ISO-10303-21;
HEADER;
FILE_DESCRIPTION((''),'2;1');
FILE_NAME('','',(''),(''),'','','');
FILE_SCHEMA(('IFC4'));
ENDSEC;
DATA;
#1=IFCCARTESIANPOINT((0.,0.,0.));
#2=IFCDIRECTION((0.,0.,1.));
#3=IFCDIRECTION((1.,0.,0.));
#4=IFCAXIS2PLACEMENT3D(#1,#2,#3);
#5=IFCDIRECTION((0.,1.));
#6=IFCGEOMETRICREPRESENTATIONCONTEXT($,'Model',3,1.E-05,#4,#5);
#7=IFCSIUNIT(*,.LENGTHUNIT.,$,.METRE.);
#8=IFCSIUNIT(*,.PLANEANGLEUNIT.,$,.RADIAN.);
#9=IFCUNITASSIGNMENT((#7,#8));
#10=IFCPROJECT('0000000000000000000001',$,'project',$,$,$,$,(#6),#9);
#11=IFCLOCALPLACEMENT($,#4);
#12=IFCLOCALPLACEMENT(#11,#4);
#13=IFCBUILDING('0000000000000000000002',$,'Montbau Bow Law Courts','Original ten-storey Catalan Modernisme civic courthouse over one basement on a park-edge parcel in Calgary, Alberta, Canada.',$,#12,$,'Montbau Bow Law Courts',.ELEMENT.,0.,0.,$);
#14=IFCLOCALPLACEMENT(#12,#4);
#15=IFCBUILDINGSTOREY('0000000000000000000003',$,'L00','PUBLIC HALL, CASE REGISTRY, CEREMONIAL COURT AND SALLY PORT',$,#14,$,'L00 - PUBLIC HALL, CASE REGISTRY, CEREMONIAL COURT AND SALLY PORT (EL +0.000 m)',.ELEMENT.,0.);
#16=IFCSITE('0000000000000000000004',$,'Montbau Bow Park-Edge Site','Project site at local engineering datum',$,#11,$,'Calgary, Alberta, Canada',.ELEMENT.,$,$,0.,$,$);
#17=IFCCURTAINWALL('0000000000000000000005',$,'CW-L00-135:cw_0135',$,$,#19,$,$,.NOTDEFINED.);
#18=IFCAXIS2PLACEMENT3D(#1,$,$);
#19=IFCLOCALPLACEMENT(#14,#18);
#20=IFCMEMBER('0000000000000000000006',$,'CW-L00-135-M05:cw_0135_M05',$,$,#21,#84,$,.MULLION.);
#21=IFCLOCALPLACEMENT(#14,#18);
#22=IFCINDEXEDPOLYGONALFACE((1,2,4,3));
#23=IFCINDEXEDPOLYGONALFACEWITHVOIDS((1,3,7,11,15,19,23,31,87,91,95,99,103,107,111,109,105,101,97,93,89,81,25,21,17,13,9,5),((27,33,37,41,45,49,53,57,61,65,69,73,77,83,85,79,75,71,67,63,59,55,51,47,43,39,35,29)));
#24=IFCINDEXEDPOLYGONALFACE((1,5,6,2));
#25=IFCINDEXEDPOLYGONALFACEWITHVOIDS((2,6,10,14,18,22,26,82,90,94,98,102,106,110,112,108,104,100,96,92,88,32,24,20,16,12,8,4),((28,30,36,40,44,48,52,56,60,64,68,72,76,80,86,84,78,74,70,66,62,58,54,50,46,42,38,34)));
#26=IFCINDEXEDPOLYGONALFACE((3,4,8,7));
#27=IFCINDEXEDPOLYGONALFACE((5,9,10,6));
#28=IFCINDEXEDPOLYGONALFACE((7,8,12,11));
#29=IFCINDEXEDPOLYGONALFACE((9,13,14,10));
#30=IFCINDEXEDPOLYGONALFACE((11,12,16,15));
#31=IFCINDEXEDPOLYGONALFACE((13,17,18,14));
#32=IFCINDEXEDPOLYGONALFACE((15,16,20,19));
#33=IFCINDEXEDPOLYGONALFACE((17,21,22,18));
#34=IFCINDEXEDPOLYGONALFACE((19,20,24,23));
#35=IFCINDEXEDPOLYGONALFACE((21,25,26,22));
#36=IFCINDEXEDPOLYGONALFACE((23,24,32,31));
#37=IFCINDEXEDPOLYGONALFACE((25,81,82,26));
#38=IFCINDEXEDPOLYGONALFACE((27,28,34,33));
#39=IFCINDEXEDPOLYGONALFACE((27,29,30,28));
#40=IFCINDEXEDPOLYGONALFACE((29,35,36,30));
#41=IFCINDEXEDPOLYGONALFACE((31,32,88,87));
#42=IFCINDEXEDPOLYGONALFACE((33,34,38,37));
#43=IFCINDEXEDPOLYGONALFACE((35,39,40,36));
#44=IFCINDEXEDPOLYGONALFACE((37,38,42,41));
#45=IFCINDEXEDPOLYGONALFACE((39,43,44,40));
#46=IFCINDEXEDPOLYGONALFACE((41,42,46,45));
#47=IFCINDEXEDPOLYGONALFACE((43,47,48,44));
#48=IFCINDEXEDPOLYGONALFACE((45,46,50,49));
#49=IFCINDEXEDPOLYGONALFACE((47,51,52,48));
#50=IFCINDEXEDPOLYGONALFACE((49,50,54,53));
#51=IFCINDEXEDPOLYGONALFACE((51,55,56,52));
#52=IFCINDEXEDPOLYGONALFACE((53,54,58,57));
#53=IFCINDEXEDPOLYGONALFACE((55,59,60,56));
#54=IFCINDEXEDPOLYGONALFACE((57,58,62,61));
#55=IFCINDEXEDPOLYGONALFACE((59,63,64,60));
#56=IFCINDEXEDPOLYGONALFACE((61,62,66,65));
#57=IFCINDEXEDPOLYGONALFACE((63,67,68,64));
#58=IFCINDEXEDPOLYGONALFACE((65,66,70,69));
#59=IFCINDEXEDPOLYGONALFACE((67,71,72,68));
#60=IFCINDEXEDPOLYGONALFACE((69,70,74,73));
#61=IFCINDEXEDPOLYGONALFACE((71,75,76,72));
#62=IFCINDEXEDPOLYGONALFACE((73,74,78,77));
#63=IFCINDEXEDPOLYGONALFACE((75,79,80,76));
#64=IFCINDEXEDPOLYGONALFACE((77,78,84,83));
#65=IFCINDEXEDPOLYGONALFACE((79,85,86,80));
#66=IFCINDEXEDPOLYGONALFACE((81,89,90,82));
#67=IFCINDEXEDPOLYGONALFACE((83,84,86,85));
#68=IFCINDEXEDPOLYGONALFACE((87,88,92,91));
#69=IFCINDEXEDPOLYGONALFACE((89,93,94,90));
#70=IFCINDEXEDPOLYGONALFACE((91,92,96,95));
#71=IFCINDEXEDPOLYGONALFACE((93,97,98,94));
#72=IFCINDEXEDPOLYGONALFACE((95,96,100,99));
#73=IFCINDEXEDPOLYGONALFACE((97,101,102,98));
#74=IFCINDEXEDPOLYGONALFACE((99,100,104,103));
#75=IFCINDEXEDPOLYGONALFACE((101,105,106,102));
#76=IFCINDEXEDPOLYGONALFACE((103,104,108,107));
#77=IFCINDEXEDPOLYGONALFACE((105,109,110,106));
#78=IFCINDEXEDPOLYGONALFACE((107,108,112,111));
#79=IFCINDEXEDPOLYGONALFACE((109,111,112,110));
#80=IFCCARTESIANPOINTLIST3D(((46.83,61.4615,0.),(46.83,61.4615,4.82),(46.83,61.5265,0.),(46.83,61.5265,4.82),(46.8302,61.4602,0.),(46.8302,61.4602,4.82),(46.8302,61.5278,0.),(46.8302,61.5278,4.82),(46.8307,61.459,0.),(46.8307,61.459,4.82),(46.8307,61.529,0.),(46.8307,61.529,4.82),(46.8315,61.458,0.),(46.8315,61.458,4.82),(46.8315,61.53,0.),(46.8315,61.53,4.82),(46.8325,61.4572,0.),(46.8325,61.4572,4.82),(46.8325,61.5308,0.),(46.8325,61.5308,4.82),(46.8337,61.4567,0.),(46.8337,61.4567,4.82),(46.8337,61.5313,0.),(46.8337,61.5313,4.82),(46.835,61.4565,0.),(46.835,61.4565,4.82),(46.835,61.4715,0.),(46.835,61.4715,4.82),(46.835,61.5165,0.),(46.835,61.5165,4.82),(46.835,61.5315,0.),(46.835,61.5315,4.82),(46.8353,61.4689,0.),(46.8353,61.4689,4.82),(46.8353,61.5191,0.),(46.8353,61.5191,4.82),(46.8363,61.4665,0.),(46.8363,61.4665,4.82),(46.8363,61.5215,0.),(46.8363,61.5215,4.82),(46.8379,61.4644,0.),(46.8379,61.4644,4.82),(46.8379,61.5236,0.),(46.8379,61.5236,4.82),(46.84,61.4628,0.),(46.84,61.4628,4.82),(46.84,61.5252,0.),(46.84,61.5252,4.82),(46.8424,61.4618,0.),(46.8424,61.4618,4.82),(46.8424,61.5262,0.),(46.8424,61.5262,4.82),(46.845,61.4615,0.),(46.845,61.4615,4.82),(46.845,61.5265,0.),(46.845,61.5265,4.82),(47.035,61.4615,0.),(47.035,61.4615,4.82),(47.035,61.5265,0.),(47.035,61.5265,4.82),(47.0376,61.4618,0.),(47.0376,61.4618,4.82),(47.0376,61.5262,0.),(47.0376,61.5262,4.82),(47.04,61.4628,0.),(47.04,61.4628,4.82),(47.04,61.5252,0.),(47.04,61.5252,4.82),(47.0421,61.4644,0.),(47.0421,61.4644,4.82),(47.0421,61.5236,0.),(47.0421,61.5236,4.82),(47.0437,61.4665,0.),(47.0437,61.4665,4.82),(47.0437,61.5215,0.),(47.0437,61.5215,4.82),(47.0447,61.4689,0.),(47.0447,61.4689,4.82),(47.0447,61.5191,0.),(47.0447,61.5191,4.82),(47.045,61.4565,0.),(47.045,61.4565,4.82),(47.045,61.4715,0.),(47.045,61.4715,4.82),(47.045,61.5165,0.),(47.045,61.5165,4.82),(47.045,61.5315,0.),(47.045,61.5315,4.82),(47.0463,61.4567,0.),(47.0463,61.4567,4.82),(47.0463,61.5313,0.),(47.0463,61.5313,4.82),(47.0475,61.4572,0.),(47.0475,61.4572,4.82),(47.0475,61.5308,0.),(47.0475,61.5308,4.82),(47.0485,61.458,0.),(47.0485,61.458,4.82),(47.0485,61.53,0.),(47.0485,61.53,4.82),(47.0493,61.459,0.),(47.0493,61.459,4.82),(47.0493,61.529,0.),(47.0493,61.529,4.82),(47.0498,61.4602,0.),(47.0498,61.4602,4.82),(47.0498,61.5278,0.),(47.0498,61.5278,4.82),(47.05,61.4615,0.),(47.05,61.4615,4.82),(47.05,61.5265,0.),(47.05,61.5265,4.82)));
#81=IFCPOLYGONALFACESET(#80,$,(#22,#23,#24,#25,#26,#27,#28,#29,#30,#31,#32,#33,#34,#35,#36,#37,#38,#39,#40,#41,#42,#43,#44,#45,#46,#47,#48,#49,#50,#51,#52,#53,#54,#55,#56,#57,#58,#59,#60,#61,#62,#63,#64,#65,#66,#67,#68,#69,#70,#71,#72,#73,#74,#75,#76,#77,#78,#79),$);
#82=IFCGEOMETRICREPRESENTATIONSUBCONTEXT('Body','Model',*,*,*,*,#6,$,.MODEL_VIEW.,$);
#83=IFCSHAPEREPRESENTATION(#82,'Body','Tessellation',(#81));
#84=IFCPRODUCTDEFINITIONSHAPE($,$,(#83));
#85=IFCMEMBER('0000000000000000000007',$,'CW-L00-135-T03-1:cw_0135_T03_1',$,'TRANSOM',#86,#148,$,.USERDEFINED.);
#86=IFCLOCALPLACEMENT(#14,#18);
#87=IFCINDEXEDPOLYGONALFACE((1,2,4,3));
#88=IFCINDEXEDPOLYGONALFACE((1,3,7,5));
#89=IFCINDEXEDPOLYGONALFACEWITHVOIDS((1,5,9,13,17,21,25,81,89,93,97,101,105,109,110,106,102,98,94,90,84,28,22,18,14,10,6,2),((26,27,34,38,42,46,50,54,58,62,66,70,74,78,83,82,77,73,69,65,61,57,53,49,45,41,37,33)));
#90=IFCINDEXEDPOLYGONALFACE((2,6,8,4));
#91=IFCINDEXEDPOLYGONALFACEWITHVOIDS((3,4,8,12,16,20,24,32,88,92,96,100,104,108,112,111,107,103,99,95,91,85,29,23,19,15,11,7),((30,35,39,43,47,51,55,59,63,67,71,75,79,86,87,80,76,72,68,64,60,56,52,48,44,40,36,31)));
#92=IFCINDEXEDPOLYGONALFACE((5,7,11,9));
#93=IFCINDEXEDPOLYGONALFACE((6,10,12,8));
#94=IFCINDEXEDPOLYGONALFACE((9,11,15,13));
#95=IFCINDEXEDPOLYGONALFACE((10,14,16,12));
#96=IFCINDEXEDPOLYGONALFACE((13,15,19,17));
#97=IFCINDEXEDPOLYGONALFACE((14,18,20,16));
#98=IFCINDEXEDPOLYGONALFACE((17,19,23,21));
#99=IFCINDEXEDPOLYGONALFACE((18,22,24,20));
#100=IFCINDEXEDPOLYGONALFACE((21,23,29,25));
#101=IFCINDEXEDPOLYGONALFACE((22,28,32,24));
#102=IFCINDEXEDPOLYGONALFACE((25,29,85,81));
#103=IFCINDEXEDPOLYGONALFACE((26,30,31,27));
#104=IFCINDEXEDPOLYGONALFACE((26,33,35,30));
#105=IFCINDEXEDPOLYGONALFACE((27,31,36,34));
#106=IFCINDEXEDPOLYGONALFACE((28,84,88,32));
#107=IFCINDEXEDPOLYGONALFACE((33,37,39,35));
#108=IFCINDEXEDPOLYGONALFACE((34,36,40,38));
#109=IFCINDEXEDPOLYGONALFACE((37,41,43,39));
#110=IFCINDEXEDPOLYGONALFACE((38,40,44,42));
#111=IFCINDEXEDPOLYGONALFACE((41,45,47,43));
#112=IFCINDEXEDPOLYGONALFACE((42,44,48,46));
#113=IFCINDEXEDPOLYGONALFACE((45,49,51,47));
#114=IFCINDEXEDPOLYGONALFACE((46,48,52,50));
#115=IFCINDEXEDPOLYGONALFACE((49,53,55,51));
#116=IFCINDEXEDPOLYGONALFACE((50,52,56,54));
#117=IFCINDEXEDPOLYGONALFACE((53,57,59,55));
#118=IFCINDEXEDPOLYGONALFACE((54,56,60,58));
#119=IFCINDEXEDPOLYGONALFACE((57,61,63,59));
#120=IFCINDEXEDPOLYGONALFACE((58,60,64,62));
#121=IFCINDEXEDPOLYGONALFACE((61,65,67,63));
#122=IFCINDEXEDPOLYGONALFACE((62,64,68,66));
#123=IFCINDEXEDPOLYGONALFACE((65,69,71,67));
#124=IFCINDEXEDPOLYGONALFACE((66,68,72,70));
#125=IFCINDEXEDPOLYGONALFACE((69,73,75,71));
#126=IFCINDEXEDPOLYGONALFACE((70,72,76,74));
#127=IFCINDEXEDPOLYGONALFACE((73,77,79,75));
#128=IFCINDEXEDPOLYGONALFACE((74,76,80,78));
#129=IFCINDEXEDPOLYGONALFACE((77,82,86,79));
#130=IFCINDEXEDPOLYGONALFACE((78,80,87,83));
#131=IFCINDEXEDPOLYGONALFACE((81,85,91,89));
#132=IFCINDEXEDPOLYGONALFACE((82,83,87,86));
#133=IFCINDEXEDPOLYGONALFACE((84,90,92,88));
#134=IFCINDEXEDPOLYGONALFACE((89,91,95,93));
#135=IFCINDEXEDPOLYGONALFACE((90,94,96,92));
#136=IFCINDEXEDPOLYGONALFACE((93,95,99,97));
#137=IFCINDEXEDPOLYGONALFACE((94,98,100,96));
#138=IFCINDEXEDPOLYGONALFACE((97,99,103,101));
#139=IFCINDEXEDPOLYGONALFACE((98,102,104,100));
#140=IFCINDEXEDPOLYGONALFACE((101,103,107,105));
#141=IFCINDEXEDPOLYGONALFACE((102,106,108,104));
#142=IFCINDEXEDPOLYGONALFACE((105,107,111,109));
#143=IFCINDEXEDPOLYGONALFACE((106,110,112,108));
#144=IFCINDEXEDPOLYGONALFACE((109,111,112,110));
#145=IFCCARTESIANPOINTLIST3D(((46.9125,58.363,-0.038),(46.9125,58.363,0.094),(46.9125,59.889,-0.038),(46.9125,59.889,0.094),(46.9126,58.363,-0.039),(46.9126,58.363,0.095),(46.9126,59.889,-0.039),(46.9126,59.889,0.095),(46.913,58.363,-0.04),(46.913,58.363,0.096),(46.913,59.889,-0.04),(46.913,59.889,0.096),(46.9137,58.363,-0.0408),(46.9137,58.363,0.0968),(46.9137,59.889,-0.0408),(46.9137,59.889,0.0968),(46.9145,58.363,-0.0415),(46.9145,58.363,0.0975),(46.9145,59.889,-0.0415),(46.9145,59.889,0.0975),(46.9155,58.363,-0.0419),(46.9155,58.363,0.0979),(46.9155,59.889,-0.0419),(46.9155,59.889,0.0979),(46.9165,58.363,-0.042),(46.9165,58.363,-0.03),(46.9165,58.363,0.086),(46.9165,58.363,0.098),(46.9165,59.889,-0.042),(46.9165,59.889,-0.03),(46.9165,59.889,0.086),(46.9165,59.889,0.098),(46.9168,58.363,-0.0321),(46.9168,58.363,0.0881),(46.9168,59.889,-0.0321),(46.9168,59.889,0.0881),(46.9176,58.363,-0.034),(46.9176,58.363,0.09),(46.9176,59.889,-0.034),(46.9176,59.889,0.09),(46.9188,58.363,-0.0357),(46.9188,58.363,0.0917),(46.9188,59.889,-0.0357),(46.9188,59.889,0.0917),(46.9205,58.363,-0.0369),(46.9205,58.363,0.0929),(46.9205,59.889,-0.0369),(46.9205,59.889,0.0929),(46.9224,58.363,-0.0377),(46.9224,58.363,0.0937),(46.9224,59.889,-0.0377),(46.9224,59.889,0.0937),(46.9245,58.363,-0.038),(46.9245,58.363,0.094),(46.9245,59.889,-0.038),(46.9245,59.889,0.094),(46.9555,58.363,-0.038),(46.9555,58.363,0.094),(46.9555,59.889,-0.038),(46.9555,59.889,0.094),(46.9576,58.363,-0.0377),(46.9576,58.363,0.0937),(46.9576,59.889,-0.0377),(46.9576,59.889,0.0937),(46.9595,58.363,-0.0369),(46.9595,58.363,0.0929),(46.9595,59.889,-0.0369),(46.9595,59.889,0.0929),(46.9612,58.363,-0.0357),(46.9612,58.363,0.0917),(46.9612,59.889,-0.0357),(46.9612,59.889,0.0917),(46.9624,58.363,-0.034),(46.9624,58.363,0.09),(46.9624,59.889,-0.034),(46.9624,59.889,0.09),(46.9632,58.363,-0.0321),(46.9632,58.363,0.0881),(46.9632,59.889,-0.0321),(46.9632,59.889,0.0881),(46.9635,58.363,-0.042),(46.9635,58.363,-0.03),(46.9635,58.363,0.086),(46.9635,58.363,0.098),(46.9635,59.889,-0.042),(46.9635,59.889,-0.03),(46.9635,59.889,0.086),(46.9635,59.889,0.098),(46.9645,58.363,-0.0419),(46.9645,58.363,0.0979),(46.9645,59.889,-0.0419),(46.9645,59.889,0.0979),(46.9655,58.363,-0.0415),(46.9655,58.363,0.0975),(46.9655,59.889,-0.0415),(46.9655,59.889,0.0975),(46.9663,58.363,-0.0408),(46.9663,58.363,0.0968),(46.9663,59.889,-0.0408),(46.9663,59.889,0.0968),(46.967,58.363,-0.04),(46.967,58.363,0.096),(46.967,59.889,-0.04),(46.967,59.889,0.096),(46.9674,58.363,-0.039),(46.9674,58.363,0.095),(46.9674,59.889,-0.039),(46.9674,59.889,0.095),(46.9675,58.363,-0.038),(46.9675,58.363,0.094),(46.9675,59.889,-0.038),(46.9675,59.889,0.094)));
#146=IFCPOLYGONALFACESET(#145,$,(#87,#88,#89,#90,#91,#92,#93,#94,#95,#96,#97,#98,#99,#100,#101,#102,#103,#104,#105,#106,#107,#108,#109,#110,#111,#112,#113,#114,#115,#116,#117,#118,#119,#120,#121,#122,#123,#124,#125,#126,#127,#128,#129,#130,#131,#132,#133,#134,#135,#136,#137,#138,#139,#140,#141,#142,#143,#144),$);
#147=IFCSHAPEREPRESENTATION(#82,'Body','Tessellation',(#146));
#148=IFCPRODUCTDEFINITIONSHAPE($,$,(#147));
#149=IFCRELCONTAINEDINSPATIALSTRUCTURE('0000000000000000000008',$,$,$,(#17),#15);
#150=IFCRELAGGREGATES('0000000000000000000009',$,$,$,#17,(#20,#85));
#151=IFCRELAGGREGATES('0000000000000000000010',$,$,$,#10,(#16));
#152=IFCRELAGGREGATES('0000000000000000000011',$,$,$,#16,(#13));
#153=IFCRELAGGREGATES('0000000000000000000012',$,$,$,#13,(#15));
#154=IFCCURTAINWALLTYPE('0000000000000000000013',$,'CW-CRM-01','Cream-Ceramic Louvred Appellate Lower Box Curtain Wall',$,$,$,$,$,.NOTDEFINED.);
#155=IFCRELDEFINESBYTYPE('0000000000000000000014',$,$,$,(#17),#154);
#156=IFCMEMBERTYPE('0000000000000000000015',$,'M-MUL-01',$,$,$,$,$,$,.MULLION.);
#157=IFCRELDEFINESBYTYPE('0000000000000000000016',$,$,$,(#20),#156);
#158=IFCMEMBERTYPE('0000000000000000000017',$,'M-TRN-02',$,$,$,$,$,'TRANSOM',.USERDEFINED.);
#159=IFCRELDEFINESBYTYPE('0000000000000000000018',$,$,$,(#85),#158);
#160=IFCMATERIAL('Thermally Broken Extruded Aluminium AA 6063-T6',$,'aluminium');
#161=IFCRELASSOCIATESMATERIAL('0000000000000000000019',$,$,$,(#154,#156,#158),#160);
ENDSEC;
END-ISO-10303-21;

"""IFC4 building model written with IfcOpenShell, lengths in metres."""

from ifc_helpers import new_model, si_unit, direction, frame, origin_with_axes, origin_2d_with_axis, place, context, subcontext, project, spatial, hollow_rectangle, extrude, material, material_profile, profile_set, type_object, element, aggregate, save


model = new_model("IFC4")

# Units and contexts
model_context = context("Model", 3, precision=1e-05, world=origin_with_axes(), true_north=direction((0.0, 1.0)))
body_context = subcontext(model_context, "Body", "Model", "MODEL_VIEW")
ifc_project = project(units=[si_unit("LENGTHUNIT", "METRE"), si_unit("PLANEANGLEUNIT", "RADIAN")], contexts=[model_context])

# Site, building, storey
site_placement = place(None, origin_with_axes())
site = spatial("IfcSite", under=ifc_project, at=site_placement, Name="Montbau Bow Park-Edge Site", Description="Project site at local engineering datum", LongName="Calgary, Alberta, Canada", CompositionType="ELEMENT", RefElevation=0.0)
building_placement = place(site_placement, origin_with_axes())
building = spatial("IfcBuilding", under=site, at=building_placement, Name="Montbau Bow Law Courts", Description="Original ten-storey Catalan Modernisme civic courthouse over one basement on a park-edge parcel in Calgary, Alberta, Canada.", LongName="Montbau Bow Law Courts", CompositionType="ELEMENT", ElevationOfRefHeight=0.0, ElevationOfTerrain=0.0)
storey_placement = place(building_placement, origin_with_axes())
storey = spatial("IfcBuildingStorey", under=building, at=storey_placement, Name="L00", Description="PUBLIC HALL, CASE REGISTRY, CEREMONIAL COURT AND SALLY PORT", LongName="L00 - PUBLIC HALL, CASE REGISTRY, CEREMONIAL COURT AND SALLY PORT (EL +0.000 m)", CompositionType="ELEMENT", Elevation=0.0)

# Shared definitions
ifc_material_1 = material(Name="Thermally Broken Extruded Aluminium AA 6063-T6", Category="aluminium")
curtain_wall_type = type_object("IfcCurtainWallType", Name="CW-CRM-01", Description="Cream-Ceramic Louvred Appellate Lower Box Curtain Wall", PredefinedType="NOTDEFINED", material=ifc_material_1)
ifc_material_profile_1 = material_profile(ifc_material_1, hollow_rectangle(XDim=0.075, YDim=0.22, WallThickness=0.005, InnerFilletRadius=0.01, OuterFilletRadius=0.005, at=origin_2d_with_axis()), Name="CWM-220X75", Category="Main", Priority=0)
ifc_profile_set_1 = profile_set([ifc_material_profile_1], Name="Thermally Broken Extruded Aluminium AA 6063-T6")
member_type_1 = type_object("IfcMemberType", Name="M-MUL-01", PredefinedType="MULLION", material=ifc_profile_set_1)

# Curtain wall, members
curtain_wall_1_placement = place(None, frame((46.94, 55.115, 0.0), z_axis=(0.0, 0.0, 1.0), x_axis=(1.0, 0.0, 0.0)))
curtain_wall_1 = element("IfcCurtainWall", 1, at=curtain_wall_1_placement, inside=storey, type_object=curtain_wall_type, Name="CW-L00-135:cw_0135", PredefinedType="NOTDEFINED")
member_1_placement = place(None, frame((46.94, 61.494, 0.0), z_axis=(0.0, 0.0, 1.0), x_axis=(0.0, 1.0, 0.0)))
member_1 = element("IfcMember", 2, at=member_1_placement, type_object=member_type_1, Name="CW-L00-135-M05:cw_0135_M05", PredefinedType="MULLION", context=body_context, shape_type="SweptSolid", body=[
    extrude(hollow_rectangle(XDim=0.075, YDim=0.22, WallThickness=0.005, InnerFilletRadius=0.01, OuterFilletRadius=0.005, at=origin_2d_with_axis()), origin_with_axes(), (0.0, 0.0, 1.0), 4.82),
])
ifc_material_profile_2 = material_profile(ifc_material_1, hollow_rectangle(XDim=0.055, YDim=0.14, WallThickness=0.004, InnerFilletRadius=0.008, OuterFilletRadius=0.004, at=origin_2d_with_axis()), Name="CWT-140X55", Category="Main", Priority=0)
ifc_profile_set_2 = profile_set([ifc_material_profile_2], Name="Thermally Broken Extruded Aluminium AA 6063-T6")
member_type_2 = type_object("IfcMemberType", Name="M-TRN-02", ElementType="TRANSOM", PredefinedType="USERDEFINED", material=ifc_profile_set_2)
member_2_placement = place(None, frame((46.94, 58.363, 0.028), z_axis=(0.0, 1.0, 0.0), x_axis=(-1.0, 0.0, 0.0)))
member_2 = element("IfcMember", 3, at=member_2_placement, type_object=member_type_2, Name="CW-L00-135-T03-1:cw_0135_T03_1", ObjectType="TRANSOM", PredefinedType="USERDEFINED", context=body_context, shape_type="SweptSolid", body=[
    extrude(hollow_rectangle(XDim=0.055, YDim=0.14, WallThickness=0.004, InnerFilletRadius=0.008, OuterFilletRadius=0.004, at=origin_2d_with_axis()), origin_with_axes(), (0.0, 0.0, 1.0), 1.526),
])

aggregate(curtain_wall_1, [member_1, member_2])

save(model, "model.ifc")
